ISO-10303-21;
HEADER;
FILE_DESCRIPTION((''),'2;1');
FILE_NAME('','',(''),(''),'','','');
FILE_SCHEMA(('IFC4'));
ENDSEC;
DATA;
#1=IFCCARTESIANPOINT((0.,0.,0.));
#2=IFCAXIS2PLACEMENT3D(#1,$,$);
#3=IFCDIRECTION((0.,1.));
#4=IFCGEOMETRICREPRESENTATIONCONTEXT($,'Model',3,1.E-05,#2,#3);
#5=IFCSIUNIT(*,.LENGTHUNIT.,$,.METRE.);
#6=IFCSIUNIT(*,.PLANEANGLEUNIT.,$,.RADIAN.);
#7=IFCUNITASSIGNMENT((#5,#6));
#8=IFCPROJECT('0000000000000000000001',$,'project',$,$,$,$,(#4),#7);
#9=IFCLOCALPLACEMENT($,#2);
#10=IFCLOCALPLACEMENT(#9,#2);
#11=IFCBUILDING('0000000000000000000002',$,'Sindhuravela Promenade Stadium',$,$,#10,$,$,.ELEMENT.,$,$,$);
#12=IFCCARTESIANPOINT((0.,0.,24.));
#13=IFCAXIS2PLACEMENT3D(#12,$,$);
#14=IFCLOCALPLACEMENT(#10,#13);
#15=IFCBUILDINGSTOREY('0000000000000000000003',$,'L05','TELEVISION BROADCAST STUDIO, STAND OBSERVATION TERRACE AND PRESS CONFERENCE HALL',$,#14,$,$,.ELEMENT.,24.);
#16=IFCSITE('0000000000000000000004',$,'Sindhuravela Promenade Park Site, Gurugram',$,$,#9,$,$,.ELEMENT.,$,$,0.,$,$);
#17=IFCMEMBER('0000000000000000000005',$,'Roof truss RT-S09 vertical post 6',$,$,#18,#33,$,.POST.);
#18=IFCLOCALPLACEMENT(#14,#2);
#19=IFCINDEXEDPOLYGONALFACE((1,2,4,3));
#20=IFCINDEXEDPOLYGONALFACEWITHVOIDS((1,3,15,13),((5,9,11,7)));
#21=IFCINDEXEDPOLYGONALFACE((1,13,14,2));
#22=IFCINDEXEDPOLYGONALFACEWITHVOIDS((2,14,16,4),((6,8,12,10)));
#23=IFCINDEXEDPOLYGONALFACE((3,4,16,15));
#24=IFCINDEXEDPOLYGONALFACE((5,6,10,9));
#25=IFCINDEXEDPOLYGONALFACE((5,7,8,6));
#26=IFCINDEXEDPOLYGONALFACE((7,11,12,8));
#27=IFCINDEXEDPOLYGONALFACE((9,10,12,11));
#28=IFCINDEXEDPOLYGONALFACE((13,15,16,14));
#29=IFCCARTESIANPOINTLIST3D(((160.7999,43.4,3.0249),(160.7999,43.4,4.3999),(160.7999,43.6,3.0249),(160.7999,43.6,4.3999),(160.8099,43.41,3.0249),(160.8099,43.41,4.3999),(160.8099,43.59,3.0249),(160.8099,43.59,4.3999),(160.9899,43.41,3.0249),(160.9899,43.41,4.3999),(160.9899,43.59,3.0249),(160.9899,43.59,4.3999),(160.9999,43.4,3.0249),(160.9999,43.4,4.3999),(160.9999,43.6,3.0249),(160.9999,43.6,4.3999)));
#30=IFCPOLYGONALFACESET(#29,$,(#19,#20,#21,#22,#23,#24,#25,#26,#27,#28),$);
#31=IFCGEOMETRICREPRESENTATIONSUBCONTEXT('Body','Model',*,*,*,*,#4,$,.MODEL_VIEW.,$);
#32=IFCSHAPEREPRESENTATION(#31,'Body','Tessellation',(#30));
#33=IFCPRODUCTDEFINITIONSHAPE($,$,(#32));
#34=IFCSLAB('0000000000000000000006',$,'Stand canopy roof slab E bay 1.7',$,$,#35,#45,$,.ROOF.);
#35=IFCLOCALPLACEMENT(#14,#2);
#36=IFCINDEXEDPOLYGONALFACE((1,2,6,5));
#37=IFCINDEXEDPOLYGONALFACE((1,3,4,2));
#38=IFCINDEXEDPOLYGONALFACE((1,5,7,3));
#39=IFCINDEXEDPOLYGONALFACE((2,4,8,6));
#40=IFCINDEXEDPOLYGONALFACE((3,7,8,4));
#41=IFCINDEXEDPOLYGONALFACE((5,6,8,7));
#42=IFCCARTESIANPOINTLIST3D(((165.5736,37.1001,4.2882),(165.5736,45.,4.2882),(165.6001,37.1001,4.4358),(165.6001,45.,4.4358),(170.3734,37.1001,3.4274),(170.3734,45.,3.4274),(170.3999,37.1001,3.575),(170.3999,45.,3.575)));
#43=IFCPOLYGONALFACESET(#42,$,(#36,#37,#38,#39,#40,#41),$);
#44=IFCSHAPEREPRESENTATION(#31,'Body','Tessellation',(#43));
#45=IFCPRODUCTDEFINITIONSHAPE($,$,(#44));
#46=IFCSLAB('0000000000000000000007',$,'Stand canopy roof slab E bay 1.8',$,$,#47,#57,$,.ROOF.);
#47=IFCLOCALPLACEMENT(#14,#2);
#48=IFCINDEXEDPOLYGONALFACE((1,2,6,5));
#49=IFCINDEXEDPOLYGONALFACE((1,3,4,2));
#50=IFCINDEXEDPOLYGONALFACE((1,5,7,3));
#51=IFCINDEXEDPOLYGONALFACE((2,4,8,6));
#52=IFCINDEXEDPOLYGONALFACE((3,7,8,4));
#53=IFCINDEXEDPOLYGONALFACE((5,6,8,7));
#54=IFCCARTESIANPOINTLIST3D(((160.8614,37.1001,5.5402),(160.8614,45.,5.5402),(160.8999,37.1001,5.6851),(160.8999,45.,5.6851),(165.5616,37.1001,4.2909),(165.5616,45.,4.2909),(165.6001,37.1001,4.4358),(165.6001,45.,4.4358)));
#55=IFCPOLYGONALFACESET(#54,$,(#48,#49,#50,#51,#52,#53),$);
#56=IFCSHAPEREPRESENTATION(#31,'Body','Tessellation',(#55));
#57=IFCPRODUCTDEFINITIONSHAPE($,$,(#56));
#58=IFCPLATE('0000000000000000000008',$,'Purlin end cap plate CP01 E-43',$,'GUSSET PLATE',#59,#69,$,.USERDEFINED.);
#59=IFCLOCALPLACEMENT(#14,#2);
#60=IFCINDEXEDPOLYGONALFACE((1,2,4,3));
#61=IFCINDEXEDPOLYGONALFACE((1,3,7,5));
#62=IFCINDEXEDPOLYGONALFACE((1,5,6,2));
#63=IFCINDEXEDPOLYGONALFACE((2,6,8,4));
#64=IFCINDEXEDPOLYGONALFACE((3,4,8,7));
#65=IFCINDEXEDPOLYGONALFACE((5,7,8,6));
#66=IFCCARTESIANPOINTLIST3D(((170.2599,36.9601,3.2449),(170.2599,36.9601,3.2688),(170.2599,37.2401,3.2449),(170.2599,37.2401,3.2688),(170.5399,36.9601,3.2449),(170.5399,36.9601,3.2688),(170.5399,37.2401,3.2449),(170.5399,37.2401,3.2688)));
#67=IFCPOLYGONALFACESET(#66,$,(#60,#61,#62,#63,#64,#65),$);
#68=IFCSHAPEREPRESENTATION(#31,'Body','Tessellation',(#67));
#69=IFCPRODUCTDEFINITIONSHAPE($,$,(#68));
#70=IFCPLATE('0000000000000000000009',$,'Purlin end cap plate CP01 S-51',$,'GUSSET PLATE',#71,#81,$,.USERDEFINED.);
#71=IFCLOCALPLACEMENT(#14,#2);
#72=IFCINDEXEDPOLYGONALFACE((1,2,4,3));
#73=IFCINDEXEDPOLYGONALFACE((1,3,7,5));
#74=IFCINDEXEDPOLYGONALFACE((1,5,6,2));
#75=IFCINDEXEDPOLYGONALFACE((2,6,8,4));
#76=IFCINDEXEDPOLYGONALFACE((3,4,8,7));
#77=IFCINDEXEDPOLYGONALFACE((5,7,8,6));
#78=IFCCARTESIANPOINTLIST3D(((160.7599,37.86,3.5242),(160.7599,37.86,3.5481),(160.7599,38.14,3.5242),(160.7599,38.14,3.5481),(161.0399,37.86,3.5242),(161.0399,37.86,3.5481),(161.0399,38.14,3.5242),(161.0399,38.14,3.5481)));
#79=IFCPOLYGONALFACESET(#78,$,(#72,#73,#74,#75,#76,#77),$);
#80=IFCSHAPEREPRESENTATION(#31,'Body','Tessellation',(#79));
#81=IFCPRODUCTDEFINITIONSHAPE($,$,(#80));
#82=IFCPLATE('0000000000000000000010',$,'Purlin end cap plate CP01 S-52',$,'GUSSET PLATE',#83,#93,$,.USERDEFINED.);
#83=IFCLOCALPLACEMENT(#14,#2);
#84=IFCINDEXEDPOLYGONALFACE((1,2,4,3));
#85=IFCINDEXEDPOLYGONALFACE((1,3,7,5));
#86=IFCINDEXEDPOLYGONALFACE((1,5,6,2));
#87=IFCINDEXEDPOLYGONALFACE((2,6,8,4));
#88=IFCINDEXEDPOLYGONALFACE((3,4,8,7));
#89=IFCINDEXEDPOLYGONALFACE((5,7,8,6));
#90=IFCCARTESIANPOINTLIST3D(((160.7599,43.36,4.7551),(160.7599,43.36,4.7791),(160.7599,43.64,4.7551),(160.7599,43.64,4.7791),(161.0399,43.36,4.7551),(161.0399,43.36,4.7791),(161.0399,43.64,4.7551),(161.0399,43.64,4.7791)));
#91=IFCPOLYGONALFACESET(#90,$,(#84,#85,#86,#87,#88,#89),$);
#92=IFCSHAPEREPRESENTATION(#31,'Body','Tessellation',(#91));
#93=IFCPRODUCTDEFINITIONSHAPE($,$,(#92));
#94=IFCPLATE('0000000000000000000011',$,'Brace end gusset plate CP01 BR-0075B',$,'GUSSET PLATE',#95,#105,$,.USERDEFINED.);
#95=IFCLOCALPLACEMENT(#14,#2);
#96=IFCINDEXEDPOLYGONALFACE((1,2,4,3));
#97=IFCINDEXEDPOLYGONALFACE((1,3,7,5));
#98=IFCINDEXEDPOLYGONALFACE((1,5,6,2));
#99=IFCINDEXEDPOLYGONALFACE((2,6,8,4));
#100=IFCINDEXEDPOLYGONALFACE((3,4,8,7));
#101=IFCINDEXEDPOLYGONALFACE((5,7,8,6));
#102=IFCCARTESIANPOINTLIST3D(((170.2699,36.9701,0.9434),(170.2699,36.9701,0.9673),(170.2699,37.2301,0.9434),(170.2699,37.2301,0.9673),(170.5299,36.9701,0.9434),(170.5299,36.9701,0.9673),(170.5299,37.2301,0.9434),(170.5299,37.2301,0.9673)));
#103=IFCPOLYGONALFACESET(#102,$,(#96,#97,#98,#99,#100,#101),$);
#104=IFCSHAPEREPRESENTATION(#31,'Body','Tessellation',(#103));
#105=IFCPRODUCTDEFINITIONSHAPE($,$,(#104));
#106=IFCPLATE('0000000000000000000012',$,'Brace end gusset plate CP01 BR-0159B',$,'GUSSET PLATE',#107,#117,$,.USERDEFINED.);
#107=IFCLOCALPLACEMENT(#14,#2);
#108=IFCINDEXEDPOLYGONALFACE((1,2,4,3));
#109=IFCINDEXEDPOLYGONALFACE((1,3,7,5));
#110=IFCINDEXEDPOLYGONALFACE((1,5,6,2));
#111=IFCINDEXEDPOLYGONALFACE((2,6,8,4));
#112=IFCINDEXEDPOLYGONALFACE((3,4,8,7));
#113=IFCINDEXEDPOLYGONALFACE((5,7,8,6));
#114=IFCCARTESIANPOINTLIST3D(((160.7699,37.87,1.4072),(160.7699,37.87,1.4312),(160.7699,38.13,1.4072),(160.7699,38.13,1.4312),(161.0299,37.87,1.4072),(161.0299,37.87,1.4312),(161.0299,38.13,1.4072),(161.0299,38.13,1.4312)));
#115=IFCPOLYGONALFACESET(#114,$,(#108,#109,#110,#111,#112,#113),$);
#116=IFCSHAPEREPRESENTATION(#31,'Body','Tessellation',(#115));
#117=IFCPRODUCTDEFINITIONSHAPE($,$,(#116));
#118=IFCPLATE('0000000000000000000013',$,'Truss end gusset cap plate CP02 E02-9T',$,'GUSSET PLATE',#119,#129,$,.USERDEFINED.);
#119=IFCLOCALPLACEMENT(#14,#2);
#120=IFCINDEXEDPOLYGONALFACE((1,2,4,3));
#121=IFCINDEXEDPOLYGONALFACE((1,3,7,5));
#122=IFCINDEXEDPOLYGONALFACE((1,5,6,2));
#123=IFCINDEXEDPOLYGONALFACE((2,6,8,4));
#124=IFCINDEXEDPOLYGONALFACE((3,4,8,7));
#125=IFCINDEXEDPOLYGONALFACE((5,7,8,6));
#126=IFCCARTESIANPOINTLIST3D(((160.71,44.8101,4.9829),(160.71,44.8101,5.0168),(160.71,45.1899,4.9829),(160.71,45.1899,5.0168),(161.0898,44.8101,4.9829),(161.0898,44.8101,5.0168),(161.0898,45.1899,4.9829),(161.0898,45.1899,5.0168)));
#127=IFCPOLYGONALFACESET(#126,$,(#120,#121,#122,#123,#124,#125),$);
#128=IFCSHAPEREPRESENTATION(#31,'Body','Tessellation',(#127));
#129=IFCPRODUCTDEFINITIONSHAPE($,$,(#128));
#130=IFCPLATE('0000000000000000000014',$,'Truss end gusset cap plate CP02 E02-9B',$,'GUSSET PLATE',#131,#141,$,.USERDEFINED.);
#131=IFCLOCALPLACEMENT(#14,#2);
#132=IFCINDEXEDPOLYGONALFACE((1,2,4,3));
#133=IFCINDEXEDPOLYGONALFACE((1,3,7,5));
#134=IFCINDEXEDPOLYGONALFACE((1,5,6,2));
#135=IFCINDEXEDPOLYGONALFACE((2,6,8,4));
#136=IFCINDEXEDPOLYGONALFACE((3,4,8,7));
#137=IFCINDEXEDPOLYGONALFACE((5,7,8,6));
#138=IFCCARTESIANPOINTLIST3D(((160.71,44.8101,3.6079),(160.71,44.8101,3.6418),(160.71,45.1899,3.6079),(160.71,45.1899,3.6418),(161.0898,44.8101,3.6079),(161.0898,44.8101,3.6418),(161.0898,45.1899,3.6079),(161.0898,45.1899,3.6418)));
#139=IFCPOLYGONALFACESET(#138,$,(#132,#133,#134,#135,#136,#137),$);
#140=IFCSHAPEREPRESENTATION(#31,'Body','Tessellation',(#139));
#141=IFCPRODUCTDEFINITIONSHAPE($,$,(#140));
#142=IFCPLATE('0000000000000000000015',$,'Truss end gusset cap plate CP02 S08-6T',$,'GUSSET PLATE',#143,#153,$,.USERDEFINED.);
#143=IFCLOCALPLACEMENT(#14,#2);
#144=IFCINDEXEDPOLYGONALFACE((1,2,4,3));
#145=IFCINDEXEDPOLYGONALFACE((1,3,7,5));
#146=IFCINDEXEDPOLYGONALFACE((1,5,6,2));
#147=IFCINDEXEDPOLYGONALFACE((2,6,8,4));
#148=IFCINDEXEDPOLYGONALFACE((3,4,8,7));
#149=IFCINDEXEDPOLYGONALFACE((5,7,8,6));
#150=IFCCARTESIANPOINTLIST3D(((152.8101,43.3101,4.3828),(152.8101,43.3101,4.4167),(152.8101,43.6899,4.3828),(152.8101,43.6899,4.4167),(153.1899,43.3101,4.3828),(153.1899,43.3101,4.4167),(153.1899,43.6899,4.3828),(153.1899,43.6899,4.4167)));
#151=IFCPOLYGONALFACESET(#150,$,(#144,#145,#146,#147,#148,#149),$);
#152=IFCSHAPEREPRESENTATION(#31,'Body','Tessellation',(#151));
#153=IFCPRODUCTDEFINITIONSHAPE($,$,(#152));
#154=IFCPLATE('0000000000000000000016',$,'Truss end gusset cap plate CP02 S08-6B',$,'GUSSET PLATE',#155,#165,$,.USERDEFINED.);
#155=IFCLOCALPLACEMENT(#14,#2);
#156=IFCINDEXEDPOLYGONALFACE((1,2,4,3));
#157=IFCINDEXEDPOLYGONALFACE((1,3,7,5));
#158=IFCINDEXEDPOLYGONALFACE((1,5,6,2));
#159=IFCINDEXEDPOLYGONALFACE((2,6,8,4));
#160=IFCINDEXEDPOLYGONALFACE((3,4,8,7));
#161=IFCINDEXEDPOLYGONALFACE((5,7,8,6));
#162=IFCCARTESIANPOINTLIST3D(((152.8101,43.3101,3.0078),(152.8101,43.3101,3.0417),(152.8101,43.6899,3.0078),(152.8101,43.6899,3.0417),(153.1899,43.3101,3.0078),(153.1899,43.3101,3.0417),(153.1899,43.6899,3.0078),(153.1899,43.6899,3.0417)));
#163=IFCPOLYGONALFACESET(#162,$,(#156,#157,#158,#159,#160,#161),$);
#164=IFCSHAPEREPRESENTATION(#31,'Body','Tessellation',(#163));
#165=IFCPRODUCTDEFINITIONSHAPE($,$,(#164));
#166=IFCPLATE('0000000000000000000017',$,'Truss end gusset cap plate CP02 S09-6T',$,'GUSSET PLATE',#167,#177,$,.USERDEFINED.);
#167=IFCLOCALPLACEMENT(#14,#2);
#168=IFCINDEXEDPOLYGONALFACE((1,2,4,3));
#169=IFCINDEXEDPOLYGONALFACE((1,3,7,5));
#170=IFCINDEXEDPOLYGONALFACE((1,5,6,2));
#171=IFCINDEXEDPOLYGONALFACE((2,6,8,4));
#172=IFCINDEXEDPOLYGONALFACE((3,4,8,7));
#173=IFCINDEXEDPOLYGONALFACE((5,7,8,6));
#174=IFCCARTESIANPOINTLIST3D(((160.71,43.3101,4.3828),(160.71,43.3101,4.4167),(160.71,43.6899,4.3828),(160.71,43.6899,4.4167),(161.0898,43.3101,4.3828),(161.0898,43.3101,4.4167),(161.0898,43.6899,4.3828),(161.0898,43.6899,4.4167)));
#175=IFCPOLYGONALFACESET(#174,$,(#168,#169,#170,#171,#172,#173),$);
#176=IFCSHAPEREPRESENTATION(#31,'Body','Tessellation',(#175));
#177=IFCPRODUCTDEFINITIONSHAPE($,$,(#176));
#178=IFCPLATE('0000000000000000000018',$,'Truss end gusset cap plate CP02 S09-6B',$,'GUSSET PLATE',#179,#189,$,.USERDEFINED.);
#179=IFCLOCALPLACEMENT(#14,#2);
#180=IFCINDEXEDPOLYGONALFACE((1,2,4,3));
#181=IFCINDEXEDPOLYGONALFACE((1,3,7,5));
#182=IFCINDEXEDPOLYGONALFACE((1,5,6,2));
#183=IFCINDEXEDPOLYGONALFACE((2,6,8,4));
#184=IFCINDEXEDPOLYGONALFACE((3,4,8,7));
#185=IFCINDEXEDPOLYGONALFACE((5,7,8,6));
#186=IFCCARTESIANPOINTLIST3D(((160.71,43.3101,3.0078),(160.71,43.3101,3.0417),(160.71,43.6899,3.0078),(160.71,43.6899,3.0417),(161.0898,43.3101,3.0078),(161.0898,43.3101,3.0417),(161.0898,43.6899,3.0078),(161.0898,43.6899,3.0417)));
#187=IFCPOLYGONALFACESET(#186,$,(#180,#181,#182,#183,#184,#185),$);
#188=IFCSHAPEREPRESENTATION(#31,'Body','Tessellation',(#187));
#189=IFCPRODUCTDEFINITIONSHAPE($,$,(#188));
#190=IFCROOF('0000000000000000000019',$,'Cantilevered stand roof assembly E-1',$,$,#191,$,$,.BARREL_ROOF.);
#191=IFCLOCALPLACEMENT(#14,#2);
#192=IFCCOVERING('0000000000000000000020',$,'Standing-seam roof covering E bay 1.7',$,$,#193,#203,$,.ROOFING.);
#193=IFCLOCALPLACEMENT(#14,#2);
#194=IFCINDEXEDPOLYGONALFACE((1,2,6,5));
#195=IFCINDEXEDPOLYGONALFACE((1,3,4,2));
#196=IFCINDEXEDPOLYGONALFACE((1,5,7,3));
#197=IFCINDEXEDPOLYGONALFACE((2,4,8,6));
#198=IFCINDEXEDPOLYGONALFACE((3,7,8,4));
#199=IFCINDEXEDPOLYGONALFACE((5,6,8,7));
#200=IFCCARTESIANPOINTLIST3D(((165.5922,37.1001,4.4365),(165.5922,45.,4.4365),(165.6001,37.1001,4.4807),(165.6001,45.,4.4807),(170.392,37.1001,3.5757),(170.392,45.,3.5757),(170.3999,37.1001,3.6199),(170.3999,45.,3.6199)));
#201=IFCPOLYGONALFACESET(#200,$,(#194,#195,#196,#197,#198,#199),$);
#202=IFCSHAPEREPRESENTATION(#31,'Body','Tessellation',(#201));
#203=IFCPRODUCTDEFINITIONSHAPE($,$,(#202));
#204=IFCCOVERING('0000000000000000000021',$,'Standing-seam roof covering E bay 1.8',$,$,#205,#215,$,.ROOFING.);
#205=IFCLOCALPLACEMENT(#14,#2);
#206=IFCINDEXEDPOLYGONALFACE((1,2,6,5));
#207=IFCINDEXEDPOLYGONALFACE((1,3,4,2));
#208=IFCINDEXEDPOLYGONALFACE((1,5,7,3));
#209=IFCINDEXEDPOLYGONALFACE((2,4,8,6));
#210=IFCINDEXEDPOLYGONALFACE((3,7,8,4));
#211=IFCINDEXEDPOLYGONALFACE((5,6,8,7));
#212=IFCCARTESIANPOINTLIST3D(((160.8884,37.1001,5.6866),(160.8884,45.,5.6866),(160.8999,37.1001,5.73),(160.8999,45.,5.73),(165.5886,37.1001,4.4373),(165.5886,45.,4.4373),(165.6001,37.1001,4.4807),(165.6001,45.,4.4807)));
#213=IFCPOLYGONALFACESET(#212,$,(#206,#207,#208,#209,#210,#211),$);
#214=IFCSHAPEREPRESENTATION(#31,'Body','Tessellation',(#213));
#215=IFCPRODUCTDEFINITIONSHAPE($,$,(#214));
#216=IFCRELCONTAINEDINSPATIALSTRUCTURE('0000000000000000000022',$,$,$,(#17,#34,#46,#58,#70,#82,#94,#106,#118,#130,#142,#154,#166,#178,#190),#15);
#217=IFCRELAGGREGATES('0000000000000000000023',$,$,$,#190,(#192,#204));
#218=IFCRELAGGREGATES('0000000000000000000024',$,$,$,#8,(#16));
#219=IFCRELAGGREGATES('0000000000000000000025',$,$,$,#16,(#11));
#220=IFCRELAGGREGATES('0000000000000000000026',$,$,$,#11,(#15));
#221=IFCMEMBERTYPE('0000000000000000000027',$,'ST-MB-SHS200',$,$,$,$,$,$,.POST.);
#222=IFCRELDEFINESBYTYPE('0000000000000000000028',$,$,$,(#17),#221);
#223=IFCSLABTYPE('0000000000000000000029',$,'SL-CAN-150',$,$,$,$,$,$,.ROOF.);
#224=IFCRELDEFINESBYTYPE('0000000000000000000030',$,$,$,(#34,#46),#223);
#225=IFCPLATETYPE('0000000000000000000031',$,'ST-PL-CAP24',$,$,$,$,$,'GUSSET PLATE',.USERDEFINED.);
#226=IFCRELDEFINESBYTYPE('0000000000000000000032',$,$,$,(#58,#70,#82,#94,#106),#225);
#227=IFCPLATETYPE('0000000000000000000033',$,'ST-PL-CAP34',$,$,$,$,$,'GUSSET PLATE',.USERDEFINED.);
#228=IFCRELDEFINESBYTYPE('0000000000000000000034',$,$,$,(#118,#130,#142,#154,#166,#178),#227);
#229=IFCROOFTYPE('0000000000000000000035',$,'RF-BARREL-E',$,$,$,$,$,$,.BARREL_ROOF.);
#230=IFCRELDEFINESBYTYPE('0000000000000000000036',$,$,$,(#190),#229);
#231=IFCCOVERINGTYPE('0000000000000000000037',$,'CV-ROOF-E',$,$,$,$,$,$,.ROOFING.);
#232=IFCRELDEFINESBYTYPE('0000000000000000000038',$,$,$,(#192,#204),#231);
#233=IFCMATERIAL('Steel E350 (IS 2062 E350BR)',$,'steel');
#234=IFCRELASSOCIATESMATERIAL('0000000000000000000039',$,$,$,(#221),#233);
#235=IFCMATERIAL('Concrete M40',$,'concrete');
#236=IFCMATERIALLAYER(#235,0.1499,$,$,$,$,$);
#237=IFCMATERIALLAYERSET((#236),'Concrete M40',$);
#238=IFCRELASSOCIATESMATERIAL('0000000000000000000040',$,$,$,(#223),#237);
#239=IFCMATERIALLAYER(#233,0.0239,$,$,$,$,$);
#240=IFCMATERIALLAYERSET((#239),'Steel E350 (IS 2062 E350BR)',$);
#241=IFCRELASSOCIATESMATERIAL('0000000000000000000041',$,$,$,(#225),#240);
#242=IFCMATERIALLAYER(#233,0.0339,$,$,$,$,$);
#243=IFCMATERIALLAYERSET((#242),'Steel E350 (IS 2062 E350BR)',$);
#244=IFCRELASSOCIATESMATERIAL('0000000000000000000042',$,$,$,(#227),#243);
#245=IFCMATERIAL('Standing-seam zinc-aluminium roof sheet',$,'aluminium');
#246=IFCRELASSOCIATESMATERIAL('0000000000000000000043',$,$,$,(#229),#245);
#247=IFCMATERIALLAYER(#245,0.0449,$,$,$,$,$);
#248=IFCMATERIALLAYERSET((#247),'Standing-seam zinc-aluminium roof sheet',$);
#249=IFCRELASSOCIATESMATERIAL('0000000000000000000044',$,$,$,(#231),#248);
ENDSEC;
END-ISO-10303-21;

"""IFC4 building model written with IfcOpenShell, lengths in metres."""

from ifc_helpers import new_model, si_unit, direction, frame, origin, origin_2d, place, context, subcontext, project, spatial, polyline, rectangle, hollow_rectangle, outline, extrude, material, layer, layer_set, material_profile, profile_set, type_object, element, aggregate, save


model = new_model("IFC4")

# Units and contexts
model_context = context("Model", 3, precision=1e-05, world=origin(), true_north=direction((0.0, 1.0)))
body_context = subcontext(model_context, "Body", "Model", "MODEL_VIEW")
ifc_project = project(units=[si_unit("LENGTHUNIT", "METRE"), si_unit("PLANEANGLEUNIT", "RADIAN")], contexts=[model_context])

# Site, building, storey
site_placement = place(None, origin())
site = spatial("IfcSite", under=ifc_project, at=site_placement, Name="Sindhuravela Promenade Park Site, Gurugram", CompositionType="ELEMENT", RefElevation=0.0)
building_placement = place(site_placement, origin())
building = spatial("IfcBuilding", under=site, at=building_placement, Name="Sindhuravela Promenade Stadium", CompositionType="ELEMENT")
storey_placement = place(building_placement, frame((0.0, 0.0, 24.0)))
storey = spatial("IfcBuildingStorey", under=building, at=storey_placement, Name="L05", Description="TELEVISION BROADCAST STUDIO, STAND OBSERVATION TERRACE AND PRESS CONFERENCE HALL", CompositionType="ELEMENT", Elevation=24.0)

# Shared definitions
ifc_material_1 = material(Name="Steel E350 (IS 2062 E350BR)", Category="steel")

# Member
ifc_material_profile_1 = material_profile(ifc_material_1, hollow_rectangle(XDim=0.2, YDim=0.2, WallThickness=0.01, at=origin_2d()), Name="SHS 200x200x10")
ifc_profile_set_1 = profile_set([ifc_material_profile_1], Name="Steel E350 (IS 2062 E350BR)")
member_type_1 = type_object("IfcMemberType", Name="ST-MB-SHS200", PredefinedType="POST", material=ifc_profile_set_1)
member_1_placement = place(storey_placement, frame((160.8999, 43.5, 3.0249), z_axis=(0.0, 0.0, 1.0), x_axis=(1.0, 0.0, 0.0)))
element("IfcMember", 1, at=member_1_placement, inside=storey, type_object=member_type_1, Name="Roof truss RT-S09 vertical post 6", PredefinedType="POST", context=body_context, shape_type="SweptSolid", body=[
    extrude(hollow_rectangle(XDim=0.2, YDim=0.2, WallThickness=0.01, at=origin_2d()), origin(), (0.0, 0.0, 1.0), 1.375),
])

# Slabs
ifc_material_2 = material(Name="Concrete M40", Category="concrete")
ifc_layer_1 = layer(ifc_material_2, 0.1499)
ifc_layer_set_1 = layer_set([ifc_layer_1], Name="Concrete M40")
slab_type = type_object("IfcSlabType", Name="SL-CAN-150", PredefinedType="ROOF", material=ifc_layer_set_1)
slab_1_placement = place(storey_placement, frame((170.3999, 37.1001, 3.575), z_axis=(0.176532, 0.0, 0.984295), x_axis=(0.0, 1.0, 0.0)))
element("IfcSlab", 2, at=slab_1_placement, inside=storey, type_object=slab_type, Name="Stand canopy roof slab E bay 1.7", PredefinedType="ROOF", context=body_context, shape_type="SweptSolid", body=[
    extrude(outline(polyline([(0.0, 0.0), (7.8999, 0.0), (7.8999, 4.8764), (0.0, 4.8764), (0.0, 0.0)])), origin(), (0.0, 0.0, -1.0), 0.1499),
])
slab_2_placement = place(storey_placement, frame((165.6001, 37.1001, 4.4358), z_axis=(0.256872, 0.0, 0.966445), x_axis=(0.0, 1.0, 0.0)))
element("IfcSlab", 3, at=slab_2_placement, inside=storey, type_object=slab_type, Name="Stand canopy roof slab E bay 1.8", PredefinedType="ROOF", context=body_context, shape_type="SweptSolid", body=[
    extrude(outline(polyline([(0.0, 0.0), (7.8999, 0.0), (7.8999, 4.8634), (0.0, 4.8634), (0.0, 0.0)])), origin(), (0.0, 0.0, -1.0), 0.1499),
])

# Plates
ifc_layer_2 = layer(ifc_material_1, 0.0239)
ifc_layer_set_2 = layer_set([ifc_layer_2], Name="Steel E350 (IS 2062 E350BR)")
plate_type_1 = type_object("IfcPlateType", Name="ST-PL-CAP24", ElementType="GUSSET PLATE", PredefinedType="USERDEFINED", material=ifc_layer_set_2)
for number, where, z_axis, x_axis, name in (
    (4, (170.3999, 37.1001, 3.2449), (0.0, 0.0, 1.0), (1.0, 0.0, 0.0), "Purlin end cap plate CP01 E-43"),
    (5, (160.8999, 38.0, 3.5242), (0.0, 0.0, 1.0), (1.0, 0.0, 0.0), "Purlin end cap plate CP01 S-51"),
    (6, (160.8999, 43.5, 4.7551), (0.0, 0.0, 1.0), (1.0, 0.0, 0.0), "Purlin end cap plate CP01 S-52"),
):
    element("IfcPlate", number, at=place(storey_placement, frame(where, z_axis=z_axis, x_axis=x_axis)), inside=storey, type_object=plate_type_1, Name=name, ObjectType="GUSSET PLATE", PredefinedType="USERDEFINED", context=body_context, shape_type="SweptSolid", body=[
        extrude(rectangle(XDim=0.28, YDim=0.28, at=origin_2d()), origin(), (0.0, 0.0, 1.0), 0.0239),
    ])
for number, where, z_axis, x_axis, name in (
    (7, (170.3999, 37.1001, 0.9434), (0.0, 0.0, 1.0), (1.0, 0.0, 0.0), "Brace end gusset plate CP01 BR-0075B"),
    (8, (160.8999, 38.0, 1.4072), (0.0, 0.0, 1.0), (1.0, 0.0, 0.0), "Brace end gusset plate CP01 BR-0159B"),
):
    element("IfcPlate", number, at=place(storey_placement, frame(where, z_axis=z_axis, x_axis=x_axis)), inside=storey, type_object=plate_type_1, Name=name, ObjectType="GUSSET PLATE", PredefinedType="USERDEFINED", context=body_context, shape_type="SweptSolid", body=[
        extrude(rectangle(XDim=0.26, YDim=0.26, at=origin_2d()), origin(), (0.0, 0.0, 1.0), 0.0239),
    ])
ifc_layer_3 = layer(ifc_material_1, 0.0339)
ifc_layer_set_3 = layer_set([ifc_layer_3], Name="Steel E350 (IS 2062 E350BR)")
plate_type_2 = type_object("IfcPlateType", Name="ST-PL-CAP34", ElementType="GUSSET PLATE", PredefinedType="USERDEFINED", material=ifc_layer_set_3)
for number, where, z_axis, x_axis, name in (
    (9, (160.8999, 45.0, 4.9829), (0.0, 0.0, 1.0), (1.0, 0.0, 0.0), "Truss end gusset cap plate CP02 E02-9T"),
    (10, (160.8999, 45.0, 3.6079), (0.0, 0.0, 1.0), (1.0, 0.0, 0.0), "Truss end gusset cap plate CP02 E02-9B"),
    (11, (153.0, 43.5, 4.3828), (0.0, 0.0, 1.0), (1.0, 0.0, 0.0), "Truss end gusset cap plate CP02 S08-6T"),
    (12, (153.0, 43.5, 3.0078), (0.0, 0.0, 1.0), (1.0, 0.0, 0.0), "Truss end gusset cap plate CP02 S08-6B"),
    (13, (160.8999, 43.5, 4.3828), (0.0, 0.0, 1.0), (1.0, 0.0, 0.0), "Truss end gusset cap plate CP02 S09-6T"),
    (14, (160.8999, 43.5, 3.0078), (0.0, 0.0, 1.0), (1.0, 0.0, 0.0), "Truss end gusset cap plate CP02 S09-6B"),
):
    element("IfcPlate", number, at=place(storey_placement, frame(where, z_axis=z_axis, x_axis=x_axis)), inside=storey, type_object=plate_type_2, Name=name, ObjectType="GUSSET PLATE", PredefinedType="USERDEFINED", context=body_context, shape_type="SweptSolid", body=[
        extrude(rectangle(XDim=0.3799, YDim=0.3799, at=origin_2d()), origin(), (0.0, 0.0, 1.0), 0.0339),
    ])

# Roof, coverings
ifc_material_3 = material(Name="Standing-seam zinc-aluminium roof sheet", Category="aluminium")
roof_type = type_object("IfcRoofType", Name="RF-BARREL-E", PredefinedType="BARREL_ROOF", material=ifc_material_3)
roof_placement = place(storey_placement, origin())
roof = element("IfcRoof", 15, at=roof_placement, inside=storey, type_object=roof_type, Name="Cantilevered stand roof assembly E-1", PredefinedType="BARREL_ROOF")
ifc_layer_4 = layer(ifc_material_3, 0.0449)
ifc_layer_set_4 = layer_set([ifc_layer_4], Name="Standing-seam zinc-aluminium roof sheet")
covering_type_1 = type_object("IfcCoveringType", Name="CV-ROOF-E", PredefinedType="ROOFING", material=ifc_layer_set_4)
covering_1_placement = place(storey_placement, frame((170.3999, 37.1001, 3.6199), z_axis=(0.176532, 0.0, 0.984295), x_axis=(0.0, 1.0, 0.0)))
covering_1 = element("IfcCovering", 16, at=covering_1_placement, type_object=covering_type_1, Name="Standing-seam roof covering E bay 1.7", PredefinedType="ROOFING", context=body_context, shape_type="SweptSolid", body=[
    extrude(outline(polyline([(0.0, 0.0), (7.8999, 0.0), (7.8999, 4.8764), (0.0, 4.8764), (0.0, 0.0)])), origin(), (0.0, 0.0, -1.0), 0.0449),
])
covering_2_placement = place(storey_placement, frame((165.6001, 37.1001, 4.4807), z_axis=(0.256872, 0.0, 0.966445), x_axis=(0.0, 1.0, 0.0)))
covering_2 = element("IfcCovering", 17, at=covering_2_placement, type_object=covering_type_1, Name="Standing-seam roof covering E bay 1.8", PredefinedType="ROOFING", context=body_context, shape_type="SweptSolid", body=[
    extrude(outline(polyline([(0.0, 0.0), (7.8999, 0.0), (7.8999, 4.8634), (0.0, 4.8634), (0.0, 0.0)])), origin(), (0.0, 0.0, -1.0), 0.0449),
])
aggregate(roof, [covering_1, covering_2])

save(model, "model.ifc")
